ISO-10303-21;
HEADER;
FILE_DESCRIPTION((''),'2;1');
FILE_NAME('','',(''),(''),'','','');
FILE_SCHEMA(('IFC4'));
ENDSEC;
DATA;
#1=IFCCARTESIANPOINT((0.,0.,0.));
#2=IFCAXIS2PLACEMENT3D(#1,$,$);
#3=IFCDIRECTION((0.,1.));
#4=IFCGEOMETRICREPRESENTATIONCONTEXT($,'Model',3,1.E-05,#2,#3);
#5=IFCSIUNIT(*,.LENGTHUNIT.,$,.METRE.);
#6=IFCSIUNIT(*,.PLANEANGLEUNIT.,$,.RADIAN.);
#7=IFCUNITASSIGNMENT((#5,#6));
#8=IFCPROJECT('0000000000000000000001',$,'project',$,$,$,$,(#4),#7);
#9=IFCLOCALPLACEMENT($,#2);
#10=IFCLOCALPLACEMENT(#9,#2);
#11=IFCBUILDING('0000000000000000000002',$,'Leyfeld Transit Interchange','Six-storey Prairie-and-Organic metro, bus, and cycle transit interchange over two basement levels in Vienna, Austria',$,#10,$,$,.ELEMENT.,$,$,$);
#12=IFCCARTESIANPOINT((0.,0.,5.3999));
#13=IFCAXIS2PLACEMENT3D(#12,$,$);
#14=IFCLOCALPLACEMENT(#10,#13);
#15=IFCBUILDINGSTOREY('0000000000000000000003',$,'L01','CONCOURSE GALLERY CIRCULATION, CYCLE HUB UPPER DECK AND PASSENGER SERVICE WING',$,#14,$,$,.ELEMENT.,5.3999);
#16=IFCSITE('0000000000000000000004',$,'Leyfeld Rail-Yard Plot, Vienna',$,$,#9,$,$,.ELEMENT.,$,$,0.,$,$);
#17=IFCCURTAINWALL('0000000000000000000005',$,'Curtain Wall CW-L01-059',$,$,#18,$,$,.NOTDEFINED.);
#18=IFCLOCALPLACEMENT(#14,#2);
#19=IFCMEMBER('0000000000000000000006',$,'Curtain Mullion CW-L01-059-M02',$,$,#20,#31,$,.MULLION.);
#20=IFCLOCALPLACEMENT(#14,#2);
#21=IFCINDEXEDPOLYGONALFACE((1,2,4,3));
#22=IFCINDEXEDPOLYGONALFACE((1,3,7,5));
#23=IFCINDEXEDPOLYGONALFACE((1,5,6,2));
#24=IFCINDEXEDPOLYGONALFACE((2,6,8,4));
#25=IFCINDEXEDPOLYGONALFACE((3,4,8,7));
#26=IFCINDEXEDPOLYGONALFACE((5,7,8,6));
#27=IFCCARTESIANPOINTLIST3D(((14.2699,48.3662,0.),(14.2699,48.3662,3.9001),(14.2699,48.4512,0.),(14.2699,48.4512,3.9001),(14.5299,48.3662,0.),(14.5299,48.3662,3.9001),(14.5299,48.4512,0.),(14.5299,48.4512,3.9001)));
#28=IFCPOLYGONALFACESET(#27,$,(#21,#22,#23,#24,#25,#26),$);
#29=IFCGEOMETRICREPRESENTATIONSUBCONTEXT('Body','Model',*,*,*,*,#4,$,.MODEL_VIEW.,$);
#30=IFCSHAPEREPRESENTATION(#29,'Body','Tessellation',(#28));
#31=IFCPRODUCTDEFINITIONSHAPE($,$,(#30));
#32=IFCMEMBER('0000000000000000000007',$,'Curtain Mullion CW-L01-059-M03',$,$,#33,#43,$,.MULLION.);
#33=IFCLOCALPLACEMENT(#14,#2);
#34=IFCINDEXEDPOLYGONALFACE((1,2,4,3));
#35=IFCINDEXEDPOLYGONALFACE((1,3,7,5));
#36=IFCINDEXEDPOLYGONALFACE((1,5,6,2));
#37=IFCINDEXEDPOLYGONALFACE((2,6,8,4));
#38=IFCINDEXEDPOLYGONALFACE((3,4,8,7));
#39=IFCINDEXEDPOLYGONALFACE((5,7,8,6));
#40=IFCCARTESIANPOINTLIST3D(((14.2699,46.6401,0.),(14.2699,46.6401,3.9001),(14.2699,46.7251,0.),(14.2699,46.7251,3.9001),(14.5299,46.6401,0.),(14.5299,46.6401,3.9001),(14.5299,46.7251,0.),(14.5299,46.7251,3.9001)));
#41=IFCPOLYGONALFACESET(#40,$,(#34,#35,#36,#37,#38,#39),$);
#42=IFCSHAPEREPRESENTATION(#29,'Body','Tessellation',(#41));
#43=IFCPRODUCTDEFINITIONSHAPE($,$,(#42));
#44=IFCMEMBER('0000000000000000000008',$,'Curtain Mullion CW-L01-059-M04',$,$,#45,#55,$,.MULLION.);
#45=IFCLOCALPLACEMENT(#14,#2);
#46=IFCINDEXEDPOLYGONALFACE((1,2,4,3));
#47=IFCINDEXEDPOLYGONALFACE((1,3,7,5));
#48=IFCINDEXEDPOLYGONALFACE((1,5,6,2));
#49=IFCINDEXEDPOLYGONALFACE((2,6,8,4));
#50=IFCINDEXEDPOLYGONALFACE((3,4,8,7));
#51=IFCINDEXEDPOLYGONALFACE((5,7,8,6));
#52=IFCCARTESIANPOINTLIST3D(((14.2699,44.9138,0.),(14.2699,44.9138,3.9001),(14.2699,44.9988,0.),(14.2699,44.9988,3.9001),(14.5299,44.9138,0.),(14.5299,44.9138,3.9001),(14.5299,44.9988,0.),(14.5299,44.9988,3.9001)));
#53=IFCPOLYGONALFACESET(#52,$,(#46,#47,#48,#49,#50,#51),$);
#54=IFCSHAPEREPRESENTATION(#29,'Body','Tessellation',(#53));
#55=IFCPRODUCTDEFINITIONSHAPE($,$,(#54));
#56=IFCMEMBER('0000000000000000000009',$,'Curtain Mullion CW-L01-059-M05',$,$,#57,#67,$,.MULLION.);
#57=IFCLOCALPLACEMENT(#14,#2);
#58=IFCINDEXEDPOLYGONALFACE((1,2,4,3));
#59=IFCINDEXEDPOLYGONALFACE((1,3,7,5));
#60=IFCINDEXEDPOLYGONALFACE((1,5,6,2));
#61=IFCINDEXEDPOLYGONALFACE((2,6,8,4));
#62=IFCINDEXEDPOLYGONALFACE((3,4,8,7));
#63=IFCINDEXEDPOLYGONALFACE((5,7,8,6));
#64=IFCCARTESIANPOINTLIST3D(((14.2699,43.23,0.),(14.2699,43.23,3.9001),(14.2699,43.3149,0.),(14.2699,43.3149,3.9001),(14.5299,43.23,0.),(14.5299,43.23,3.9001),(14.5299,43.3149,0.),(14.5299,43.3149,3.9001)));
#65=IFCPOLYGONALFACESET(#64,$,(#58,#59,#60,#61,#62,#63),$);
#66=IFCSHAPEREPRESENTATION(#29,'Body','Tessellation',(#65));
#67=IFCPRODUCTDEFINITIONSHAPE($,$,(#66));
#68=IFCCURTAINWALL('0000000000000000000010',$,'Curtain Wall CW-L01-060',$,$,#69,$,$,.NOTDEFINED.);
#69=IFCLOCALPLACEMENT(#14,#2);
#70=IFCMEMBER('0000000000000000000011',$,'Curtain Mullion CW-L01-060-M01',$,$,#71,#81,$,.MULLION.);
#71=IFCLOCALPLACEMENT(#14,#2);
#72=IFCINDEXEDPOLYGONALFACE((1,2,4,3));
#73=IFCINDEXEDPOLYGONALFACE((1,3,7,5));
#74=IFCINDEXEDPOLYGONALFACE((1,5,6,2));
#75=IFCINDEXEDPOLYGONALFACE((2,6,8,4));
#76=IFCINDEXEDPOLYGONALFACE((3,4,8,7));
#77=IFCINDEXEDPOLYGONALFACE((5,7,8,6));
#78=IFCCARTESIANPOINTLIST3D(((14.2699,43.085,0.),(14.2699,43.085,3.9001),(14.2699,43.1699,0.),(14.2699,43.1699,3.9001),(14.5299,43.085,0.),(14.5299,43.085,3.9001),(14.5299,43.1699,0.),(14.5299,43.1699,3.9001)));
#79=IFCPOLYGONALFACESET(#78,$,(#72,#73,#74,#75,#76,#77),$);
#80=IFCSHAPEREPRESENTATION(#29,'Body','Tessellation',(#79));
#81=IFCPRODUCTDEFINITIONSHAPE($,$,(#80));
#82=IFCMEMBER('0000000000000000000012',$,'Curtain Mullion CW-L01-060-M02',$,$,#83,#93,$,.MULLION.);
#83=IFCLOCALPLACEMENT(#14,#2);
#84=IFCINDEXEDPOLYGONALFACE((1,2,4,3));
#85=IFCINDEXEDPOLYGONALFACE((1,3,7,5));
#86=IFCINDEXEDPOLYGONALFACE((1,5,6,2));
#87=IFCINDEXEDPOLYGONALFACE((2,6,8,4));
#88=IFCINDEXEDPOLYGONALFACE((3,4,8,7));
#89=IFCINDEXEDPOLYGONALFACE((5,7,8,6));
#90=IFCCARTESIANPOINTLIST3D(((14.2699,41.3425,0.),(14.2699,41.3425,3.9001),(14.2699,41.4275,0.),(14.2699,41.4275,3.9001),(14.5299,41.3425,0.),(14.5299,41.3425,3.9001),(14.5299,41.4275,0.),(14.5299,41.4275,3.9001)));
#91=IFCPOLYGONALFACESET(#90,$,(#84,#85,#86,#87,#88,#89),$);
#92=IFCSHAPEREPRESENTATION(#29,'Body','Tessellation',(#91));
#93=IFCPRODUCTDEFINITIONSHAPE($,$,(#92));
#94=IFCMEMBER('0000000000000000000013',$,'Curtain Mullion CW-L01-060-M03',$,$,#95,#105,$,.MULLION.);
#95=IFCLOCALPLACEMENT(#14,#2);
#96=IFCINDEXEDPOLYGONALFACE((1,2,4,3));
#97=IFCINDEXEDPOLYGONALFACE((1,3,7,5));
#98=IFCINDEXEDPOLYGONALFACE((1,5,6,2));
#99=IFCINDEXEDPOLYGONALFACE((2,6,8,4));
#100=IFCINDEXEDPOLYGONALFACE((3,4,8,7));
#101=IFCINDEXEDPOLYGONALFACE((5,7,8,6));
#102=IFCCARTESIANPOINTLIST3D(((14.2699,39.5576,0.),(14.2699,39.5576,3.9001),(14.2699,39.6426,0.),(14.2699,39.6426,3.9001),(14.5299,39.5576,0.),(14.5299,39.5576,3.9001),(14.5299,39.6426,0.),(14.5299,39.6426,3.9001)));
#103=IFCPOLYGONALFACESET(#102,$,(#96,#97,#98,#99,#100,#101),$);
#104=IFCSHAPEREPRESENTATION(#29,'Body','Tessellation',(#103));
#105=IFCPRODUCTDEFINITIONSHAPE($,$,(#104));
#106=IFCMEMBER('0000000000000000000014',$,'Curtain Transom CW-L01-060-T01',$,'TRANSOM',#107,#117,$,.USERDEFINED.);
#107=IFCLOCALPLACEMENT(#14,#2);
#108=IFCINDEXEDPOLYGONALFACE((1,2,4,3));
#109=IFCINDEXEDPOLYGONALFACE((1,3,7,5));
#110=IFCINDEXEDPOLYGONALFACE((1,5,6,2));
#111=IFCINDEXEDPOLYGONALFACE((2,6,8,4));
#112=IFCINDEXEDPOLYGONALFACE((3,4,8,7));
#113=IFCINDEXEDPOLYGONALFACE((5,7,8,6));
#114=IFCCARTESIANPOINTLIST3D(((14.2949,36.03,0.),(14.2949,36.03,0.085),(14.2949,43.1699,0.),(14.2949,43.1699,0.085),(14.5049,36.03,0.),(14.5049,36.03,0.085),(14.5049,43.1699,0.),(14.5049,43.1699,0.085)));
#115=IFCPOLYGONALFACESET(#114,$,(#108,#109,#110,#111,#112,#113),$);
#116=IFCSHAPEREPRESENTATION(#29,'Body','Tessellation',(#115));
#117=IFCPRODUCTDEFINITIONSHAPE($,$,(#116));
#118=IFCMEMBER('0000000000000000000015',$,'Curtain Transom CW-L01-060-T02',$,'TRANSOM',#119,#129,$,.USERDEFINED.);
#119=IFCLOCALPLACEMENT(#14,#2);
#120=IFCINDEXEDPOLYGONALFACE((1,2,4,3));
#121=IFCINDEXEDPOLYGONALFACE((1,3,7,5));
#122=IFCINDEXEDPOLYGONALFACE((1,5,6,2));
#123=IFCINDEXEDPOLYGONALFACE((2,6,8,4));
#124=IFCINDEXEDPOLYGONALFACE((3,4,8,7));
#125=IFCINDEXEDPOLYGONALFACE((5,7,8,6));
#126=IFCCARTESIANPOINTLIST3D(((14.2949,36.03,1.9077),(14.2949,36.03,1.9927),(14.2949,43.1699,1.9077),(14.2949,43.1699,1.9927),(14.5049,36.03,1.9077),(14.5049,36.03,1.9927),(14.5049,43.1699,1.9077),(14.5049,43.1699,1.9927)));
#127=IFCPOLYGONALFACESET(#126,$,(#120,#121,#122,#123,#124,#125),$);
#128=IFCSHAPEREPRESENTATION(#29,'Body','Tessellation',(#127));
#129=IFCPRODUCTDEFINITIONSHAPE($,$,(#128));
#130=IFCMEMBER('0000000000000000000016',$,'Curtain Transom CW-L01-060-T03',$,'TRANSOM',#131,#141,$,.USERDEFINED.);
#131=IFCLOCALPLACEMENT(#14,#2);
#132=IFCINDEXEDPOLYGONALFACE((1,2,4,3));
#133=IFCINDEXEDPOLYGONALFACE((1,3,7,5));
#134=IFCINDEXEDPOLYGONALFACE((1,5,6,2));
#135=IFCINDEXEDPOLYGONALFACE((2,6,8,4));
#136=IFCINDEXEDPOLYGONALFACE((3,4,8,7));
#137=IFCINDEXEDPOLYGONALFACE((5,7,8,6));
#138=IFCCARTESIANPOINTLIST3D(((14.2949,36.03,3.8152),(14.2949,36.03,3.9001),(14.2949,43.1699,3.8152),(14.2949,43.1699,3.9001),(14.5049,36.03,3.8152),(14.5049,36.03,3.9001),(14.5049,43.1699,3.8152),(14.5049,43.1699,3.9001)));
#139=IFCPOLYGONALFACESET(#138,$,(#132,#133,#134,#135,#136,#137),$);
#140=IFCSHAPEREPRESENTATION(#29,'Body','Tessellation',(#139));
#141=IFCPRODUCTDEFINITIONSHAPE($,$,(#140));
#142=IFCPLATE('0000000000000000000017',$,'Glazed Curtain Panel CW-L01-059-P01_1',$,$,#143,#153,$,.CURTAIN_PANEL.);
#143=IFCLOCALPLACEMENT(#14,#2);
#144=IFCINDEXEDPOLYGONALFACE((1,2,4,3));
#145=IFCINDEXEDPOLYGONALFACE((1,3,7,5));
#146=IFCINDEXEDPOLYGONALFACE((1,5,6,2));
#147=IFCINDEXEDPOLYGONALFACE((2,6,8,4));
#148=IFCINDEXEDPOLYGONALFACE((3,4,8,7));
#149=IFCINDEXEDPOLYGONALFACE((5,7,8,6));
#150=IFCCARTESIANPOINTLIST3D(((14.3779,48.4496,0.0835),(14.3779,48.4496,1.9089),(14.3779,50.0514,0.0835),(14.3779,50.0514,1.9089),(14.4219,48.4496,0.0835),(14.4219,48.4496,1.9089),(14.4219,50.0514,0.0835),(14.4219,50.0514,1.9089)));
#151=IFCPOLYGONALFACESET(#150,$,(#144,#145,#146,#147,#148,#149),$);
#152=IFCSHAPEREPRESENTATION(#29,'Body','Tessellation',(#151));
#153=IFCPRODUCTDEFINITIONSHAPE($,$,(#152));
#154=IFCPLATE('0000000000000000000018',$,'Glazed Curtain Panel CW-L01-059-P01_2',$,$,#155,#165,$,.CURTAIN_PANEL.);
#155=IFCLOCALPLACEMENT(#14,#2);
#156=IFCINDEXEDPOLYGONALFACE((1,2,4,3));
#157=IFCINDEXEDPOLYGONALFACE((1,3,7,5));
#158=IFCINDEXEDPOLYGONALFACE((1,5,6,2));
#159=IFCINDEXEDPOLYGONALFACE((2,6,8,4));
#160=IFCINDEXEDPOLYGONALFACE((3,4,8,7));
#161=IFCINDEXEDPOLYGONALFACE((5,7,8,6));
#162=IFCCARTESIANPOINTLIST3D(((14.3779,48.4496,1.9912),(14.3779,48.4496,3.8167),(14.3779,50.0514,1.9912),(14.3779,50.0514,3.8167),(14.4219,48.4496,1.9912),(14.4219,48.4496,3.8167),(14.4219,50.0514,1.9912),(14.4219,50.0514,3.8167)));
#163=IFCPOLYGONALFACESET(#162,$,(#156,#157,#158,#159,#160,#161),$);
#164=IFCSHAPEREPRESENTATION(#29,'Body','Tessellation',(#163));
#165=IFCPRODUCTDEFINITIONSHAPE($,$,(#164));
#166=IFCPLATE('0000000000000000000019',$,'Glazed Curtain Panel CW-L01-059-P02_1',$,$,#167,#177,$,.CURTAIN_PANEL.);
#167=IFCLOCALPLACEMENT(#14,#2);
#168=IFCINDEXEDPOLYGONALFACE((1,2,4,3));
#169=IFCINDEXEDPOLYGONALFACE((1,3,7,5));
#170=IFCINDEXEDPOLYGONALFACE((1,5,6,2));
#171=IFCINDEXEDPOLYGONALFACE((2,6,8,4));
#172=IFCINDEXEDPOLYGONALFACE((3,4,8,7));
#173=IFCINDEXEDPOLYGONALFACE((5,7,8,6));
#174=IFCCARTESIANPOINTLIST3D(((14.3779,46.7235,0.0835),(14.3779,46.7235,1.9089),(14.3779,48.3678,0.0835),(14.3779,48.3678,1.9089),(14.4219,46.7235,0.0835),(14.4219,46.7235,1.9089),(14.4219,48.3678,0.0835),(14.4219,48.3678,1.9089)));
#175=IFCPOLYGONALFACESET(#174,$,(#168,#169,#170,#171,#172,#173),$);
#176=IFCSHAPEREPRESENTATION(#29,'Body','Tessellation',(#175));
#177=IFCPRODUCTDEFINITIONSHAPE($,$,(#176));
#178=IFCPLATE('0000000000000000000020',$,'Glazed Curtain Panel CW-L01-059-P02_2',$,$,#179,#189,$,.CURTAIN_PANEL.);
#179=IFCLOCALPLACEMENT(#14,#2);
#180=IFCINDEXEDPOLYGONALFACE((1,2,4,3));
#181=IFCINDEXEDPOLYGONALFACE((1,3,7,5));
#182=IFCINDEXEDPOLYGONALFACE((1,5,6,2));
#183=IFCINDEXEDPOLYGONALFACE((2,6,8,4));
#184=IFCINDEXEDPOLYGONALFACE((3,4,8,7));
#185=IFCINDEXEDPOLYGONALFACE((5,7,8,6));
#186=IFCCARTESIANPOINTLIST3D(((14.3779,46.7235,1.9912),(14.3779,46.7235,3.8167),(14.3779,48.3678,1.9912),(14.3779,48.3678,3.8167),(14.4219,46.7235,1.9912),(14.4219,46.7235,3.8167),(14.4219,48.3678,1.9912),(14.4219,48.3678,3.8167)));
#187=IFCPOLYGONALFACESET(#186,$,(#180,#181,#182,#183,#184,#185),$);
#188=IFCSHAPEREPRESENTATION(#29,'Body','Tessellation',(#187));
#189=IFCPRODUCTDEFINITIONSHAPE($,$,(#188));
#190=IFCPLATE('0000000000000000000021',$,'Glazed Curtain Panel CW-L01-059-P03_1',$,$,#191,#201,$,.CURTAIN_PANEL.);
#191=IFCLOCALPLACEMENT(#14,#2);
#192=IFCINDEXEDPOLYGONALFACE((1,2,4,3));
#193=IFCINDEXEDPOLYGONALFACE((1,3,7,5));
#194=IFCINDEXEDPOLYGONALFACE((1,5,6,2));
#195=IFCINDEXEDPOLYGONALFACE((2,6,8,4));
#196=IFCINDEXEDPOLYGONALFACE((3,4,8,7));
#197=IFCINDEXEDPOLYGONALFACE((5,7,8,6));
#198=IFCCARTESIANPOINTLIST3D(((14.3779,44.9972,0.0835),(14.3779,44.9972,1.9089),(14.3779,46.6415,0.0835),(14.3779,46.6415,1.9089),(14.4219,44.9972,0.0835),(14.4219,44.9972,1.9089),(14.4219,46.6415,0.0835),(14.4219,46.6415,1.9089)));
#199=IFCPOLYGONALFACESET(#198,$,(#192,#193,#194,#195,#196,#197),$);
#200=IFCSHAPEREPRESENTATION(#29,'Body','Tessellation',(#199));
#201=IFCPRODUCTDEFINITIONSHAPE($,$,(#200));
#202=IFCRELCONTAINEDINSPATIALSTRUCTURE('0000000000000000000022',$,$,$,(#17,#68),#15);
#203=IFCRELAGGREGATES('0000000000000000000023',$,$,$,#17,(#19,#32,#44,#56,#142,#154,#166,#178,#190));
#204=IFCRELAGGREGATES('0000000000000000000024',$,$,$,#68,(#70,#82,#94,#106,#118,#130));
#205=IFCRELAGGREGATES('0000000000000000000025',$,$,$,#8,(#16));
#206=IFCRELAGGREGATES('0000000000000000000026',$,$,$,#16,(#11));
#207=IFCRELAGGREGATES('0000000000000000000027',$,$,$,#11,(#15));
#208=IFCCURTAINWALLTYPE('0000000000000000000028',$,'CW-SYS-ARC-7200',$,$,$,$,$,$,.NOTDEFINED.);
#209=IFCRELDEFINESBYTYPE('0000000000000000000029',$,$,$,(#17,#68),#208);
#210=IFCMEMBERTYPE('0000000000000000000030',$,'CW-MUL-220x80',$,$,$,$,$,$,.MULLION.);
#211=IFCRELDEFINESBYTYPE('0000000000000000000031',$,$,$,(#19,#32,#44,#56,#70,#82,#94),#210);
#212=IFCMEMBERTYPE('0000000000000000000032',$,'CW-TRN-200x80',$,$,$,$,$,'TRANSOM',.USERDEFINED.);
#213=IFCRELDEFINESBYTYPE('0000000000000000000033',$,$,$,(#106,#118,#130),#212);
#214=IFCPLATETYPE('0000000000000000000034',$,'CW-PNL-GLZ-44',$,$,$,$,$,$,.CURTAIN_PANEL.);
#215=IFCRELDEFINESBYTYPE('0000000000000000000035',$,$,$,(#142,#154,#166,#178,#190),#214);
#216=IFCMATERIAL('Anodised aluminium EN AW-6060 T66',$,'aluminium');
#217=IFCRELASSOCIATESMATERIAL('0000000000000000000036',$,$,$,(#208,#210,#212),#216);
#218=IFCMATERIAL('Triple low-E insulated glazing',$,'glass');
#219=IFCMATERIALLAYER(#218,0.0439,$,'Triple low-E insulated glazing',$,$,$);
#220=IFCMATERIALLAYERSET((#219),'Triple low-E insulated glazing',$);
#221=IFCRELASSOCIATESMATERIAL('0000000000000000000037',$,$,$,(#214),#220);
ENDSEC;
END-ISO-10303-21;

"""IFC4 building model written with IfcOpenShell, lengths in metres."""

from ifc_helpers import new_model, si_unit, direction, frame, origin, origin_2d, place, context, subcontext, project, spatial, rectangle, extrude, material, layer, layer_set, material_profile, profile_set, type_object, element, aggregate, save


model = new_model("IFC4")

# Units and contexts
model_context = context("Model", 3, precision=1e-05, world=origin(), true_north=direction((0.0, 1.0)))
body_context = subcontext(model_context, "Body", "Model", "MODEL_VIEW")
ifc_project = project(units=[si_unit("LENGTHUNIT", "METRE"), si_unit("PLANEANGLEUNIT", "RADIAN")], contexts=[model_context])

# Site, building, storey
site_placement = place(None, origin())
site = spatial("IfcSite", under=ifc_project, at=site_placement, Name="Leyfeld Rail-Yard Plot, Vienna", CompositionType="ELEMENT", RefElevation=0.0)
building_placement = place(site_placement, origin())
building = spatial("IfcBuilding", under=site, at=building_placement, Name="Leyfeld Transit Interchange", Description="Six-storey Prairie-and-Organic metro, bus, and cycle transit interchange over two basement levels in Vienna, Austria", CompositionType="ELEMENT")
storey_placement = place(building_placement, frame((0.0, 0.0, 5.3999)))
storey = spatial("IfcBuildingStorey", under=building, at=storey_placement, Name="L01", Description="CONCOURSE GALLERY CIRCULATION, CYCLE HUB UPPER DECK AND PASSENGER SERVICE WING", CompositionType="ELEMENT", Elevation=5.3999)

# Curtain walls, members
ifc_material_1 = material(Name="Anodised aluminium EN AW-6060 T66", Category="aluminium")
curtain_wall_type = type_object("IfcCurtainWallType", Name="CW-SYS-ARC-7200", PredefinedType="NOTDEFINED", material=ifc_material_1)
curtain_wall_1_placement = place(storey_placement, origin())
curtain_wall_1 = element("IfcCurtainWall", 1, at=curtain_wall_1_placement, inside=storey, type_object=curtain_wall_type, Name="Curtain Wall CW-L01-059", PredefinedType="NOTDEFINED")
ifc_material_profile_1 = material_profile(ifc_material_1, rectangle(XDim=0.085, YDim=0.26, at=origin_2d()), Name="CW-M 85x260")
ifc_profile_set_1 = profile_set([ifc_material_profile_1], Name="Anodised aluminium EN AW-6060 T66")
member_type_1 = type_object("IfcMemberType", Name="CW-MUL-220x80", PredefinedType="MULLION", material=ifc_profile_set_1)
member_1_placement = place(storey_placement, frame((14.3999, 48.4087, 0.0), z_axis=(0.0, 0.0, 1.0), x_axis=(0.0, -1.0, 0.0)))
member_1 = element("IfcMember", 2, at=member_1_placement, type_object=member_type_1, Name="Curtain Mullion CW-L01-059-M02", PredefinedType="MULLION", context=body_context, shape_type="SweptSolid", body=[
    extrude(rectangle(XDim=0.085, YDim=0.26, at=origin_2d()), origin(), (0.0, 0.0, 1.0), 3.9001),
])
member_2_placement = place(storey_placement, frame((14.3999, 46.6826, 0.0), z_axis=(0.0, 0.0, 1.0), x_axis=(0.0, -1.0, 0.0)))
member_2 = element("IfcMember", 3, at=member_2_placement, type_object=member_type_1, Name="Curtain Mullion CW-L01-059-M03", PredefinedType="MULLION", context=body_context, shape_type="SweptSolid", body=[
    extrude(rectangle(XDim=0.085, YDim=0.26, at=origin_2d()), origin(), (0.0, 0.0, 1.0), 3.9001),
])
member_3_placement = place(storey_placement, frame((14.3999, 44.9563, 0.0), z_axis=(0.0, 0.0, 1.0), x_axis=(0.0, -1.0, 0.0)))
member_3 = element("IfcMember", 4, at=member_3_placement, type_object=member_type_1, Name="Curtain Mullion CW-L01-059-M04", PredefinedType="MULLION", context=body_context, shape_type="SweptSolid", body=[
    extrude(rectangle(XDim=0.085, YDim=0.26, at=origin_2d()), origin(), (0.0, 0.0, 1.0), 3.9001),
])
member_4_placement = place(storey_placement, frame((14.3999, 43.2725, 0.0), z_axis=(0.0, 0.0, 1.0), x_axis=(0.0, -1.0, 0.0)))
member_4 = element("IfcMember", 5, at=member_4_placement, type_object=member_type_1, Name="Curtain Mullion CW-L01-059-M05", PredefinedType="MULLION", context=body_context, shape_type="SweptSolid", body=[
    extrude(rectangle(XDim=0.085, YDim=0.26, at=origin_2d()), origin(), (0.0, 0.0, 1.0), 3.9001),
])
curtain_wall_2_placement = place(storey_placement, origin())
curtain_wall_2 = element("IfcCurtainWall", 6, at=curtain_wall_2_placement, inside=storey, type_object=curtain_wall_type, Name="Curtain Wall CW-L01-060", PredefinedType="NOTDEFINED")
member_5_placement = place(storey_placement, frame((14.3999, 43.1274, 0.0), z_axis=(0.0, 0.0, 1.0), x_axis=(0.0, -1.0, 0.0)))
member_5 = element("IfcMember", 7, at=member_5_placement, type_object=member_type_1, Name="Curtain Mullion CW-L01-060-M01", PredefinedType="MULLION", context=body_context, shape_type="SweptSolid", body=[
    extrude(rectangle(XDim=0.085, YDim=0.26, at=origin_2d()), origin(), (0.0, 0.0, 1.0), 3.9001),
])
member_6_placement = place(storey_placement, frame((14.3999, 41.385, 0.0), z_axis=(0.0, 0.0, 1.0), x_axis=(0.0, -1.0, 0.0)))
member_6 = element("IfcMember", 8, at=member_6_placement, type_object=member_type_1, Name="Curtain Mullion CW-L01-060-M02", PredefinedType="MULLION", context=body_context, shape_type="SweptSolid", body=[
    extrude(rectangle(XDim=0.085, YDim=0.26, at=origin_2d()), origin(), (0.0, 0.0, 1.0), 3.9001),
])
member_7_placement = place(storey_placement, frame((14.3999, 39.6001, 0.0), z_axis=(0.0, 0.0, 1.0), x_axis=(0.0, -1.0, 0.0)))
member_7 = element("IfcMember", 9, at=member_7_placement, type_object=member_type_1, Name="Curtain Mullion CW-L01-060-M03", PredefinedType="MULLION", context=body_context, shape_type="SweptSolid", body=[
    extrude(rectangle(XDim=0.085, YDim=0.26, at=origin_2d()), origin(), (0.0, 0.0, 1.0), 3.9001),
])
ifc_material_profile_2 = material_profile(ifc_material_1, rectangle(XDim=0.21, YDim=0.085, at=origin_2d()), Name="CW-TRN-200x80")
ifc_profile_set_2 = profile_set([ifc_material_profile_2], Name="Anodised aluminium EN AW-6060 T66")
member_type_2 = type_object("IfcMemberType", Name="CW-TRN-200x80", ElementType="TRANSOM", PredefinedType="USERDEFINED", material=ifc_profile_set_2)
member_8_placement = place(storey_placement, frame((14.3999, 43.1699, 0.0425), z_axis=(0.0, -1.0, 0.0), x_axis=(1.0, 0.0, 0.0)))
member_8 = element("IfcMember", 10, at=member_8_placement, type_object=member_type_2, Name="Curtain Transom CW-L01-060-T01", ObjectType="TRANSOM", PredefinedType="USERDEFINED", context=body_context, shape_type="SweptSolid", body=[
    extrude(rectangle(XDim=0.21, YDim=0.085, at=origin_2d()), origin(), (0.0, 0.0, 1.0), 7.1399),
])
member_9_placement = place(storey_placement, frame((14.3999, 43.1699, 1.9502), z_axis=(0.0, -1.0, 0.0), x_axis=(1.0, 0.0, 0.0)))
member_9 = element("IfcMember", 11, at=member_9_placement, type_object=member_type_2, Name="Curtain Transom CW-L01-060-T02", ObjectType="TRANSOM", PredefinedType="USERDEFINED", context=body_context, shape_type="SweptSolid", body=[
    extrude(rectangle(XDim=0.21, YDim=0.085, at=origin_2d()), origin(), (0.0, 0.0, 1.0), 7.1399),
])
member_10_placement = place(storey_placement, frame((14.3999, 43.1699, 3.8577), z_axis=(0.0, -1.0, 0.0), x_axis=(1.0, 0.0, 0.0)))
member_10 = element("IfcMember", 12, at=member_10_placement, type_object=member_type_2, Name="Curtain Transom CW-L01-060-T03", ObjectType="TRANSOM", PredefinedType="USERDEFINED", context=body_context, shape_type="SweptSolid", body=[
    extrude(rectangle(XDim=0.21, YDim=0.085, at=origin_2d()), origin(), (0.0, 0.0, 1.0), 7.1399),
])

# Plates
ifc_material_2 = material(Name="Triple low-E insulated glazing", Category="glass")
ifc_layer = layer(ifc_material_2, 0.0439, Name="Triple low-E insulated glazing")
ifc_layer_set = layer_set([ifc_layer], Name="Triple low-E insulated glazing")
plate_type = type_object("IfcPlateType", Name="CW-PNL-GLZ-44", PredefinedType="CURTAIN_PANEL", material=ifc_layer_set)
plate_1_placement = place(storey_placement, frame((14.3999, 49.2505, 0.0835), z_axis=(0.0, 0.0, 1.0), x_axis=(0.0, -1.0, 0.0)))
plate_1 = element("IfcPlate", 13, at=plate_1_placement, type_object=plate_type, Name="Glazed Curtain Panel CW-L01-059-P01_1", PredefinedType="CURTAIN_PANEL", context=body_context, shape_type="SweptSolid", body=[
    extrude(rectangle(XDim=1.6018, YDim=0.0439, at=origin_2d()), origin(), (0.0, 0.0, 1.0), 1.8254),
])
plate_2_placement = place(storey_placement, frame((14.3999, 49.2505, 1.9912), z_axis=(0.0, 0.0, 1.0), x_axis=(0.0, -1.0, 0.0)))
plate_2 = element("IfcPlate", 14, at=plate_2_placement, type_object=plate_type, Name="Glazed Curtain Panel CW-L01-059-P01_2", PredefinedType="CURTAIN_PANEL", context=body_context, shape_type="SweptSolid", body=[
    extrude(rectangle(XDim=1.6018, YDim=0.0439, at=origin_2d()), origin(), (0.0, 0.0, 1.0), 1.8254),
])
plate_3_placement = place(storey_placement, frame((14.3999, 47.5457, 0.0835), z_axis=(0.0, 0.0, 1.0), x_axis=(0.0, -1.0, 0.0)))
plate_3 = element("IfcPlate", 15, at=plate_3_placement, type_object=plate_type, Name="Glazed Curtain Panel CW-L01-059-P02_1", PredefinedType="CURTAIN_PANEL", context=body_context, shape_type="SweptSolid", body=[
    extrude(rectangle(XDim=1.6443, YDim=0.0439, at=origin_2d()), origin(), (0.0, 0.0, 1.0), 1.8254),
])
plate_4_placement = place(storey_placement, frame((14.3999, 47.5457, 1.9912), z_axis=(0.0, 0.0, 1.0), x_axis=(0.0, -1.0, 0.0)))
plate_4 = element("IfcPlate", 16, at=plate_4_placement, type_object=plate_type, Name="Glazed Curtain Panel CW-L01-059-P02_2", PredefinedType="CURTAIN_PANEL", context=body_context, shape_type="SweptSolid", body=[
    extrude(rectangle(XDim=1.6443, YDim=0.0439, at=origin_2d()), origin(), (0.0, 0.0, 1.0), 1.8254),
])
plate_5_placement = place(storey_placement, frame((14.3999, 45.8193, 0.0835), z_axis=(0.0, 0.0, 1.0), x_axis=(0.0, -1.0, 0.0)))
plate_5 = element("IfcPlate", 17, at=plate_5_placement, type_object=plate_type, Name="Glazed Curtain Panel CW-L01-059-P03_1", PredefinedType="CURTAIN_PANEL", context=body_context, shape_type="SweptSolid", body=[
    extrude(rectangle(XDim=1.6443, YDim=0.0439, at=origin_2d()), origin(), (0.0, 0.0, 1.0), 1.8254),
])
aggregate(curtain_wall_1, [member_1, member_2, member_3, member_4, plate_1, plate_2, plate_3, plate_4, plate_5])
aggregate(curtain_wall_2, [member_5, member_6, member_7, member_8, member_9, member_10])

save(model, "model.ifc")
